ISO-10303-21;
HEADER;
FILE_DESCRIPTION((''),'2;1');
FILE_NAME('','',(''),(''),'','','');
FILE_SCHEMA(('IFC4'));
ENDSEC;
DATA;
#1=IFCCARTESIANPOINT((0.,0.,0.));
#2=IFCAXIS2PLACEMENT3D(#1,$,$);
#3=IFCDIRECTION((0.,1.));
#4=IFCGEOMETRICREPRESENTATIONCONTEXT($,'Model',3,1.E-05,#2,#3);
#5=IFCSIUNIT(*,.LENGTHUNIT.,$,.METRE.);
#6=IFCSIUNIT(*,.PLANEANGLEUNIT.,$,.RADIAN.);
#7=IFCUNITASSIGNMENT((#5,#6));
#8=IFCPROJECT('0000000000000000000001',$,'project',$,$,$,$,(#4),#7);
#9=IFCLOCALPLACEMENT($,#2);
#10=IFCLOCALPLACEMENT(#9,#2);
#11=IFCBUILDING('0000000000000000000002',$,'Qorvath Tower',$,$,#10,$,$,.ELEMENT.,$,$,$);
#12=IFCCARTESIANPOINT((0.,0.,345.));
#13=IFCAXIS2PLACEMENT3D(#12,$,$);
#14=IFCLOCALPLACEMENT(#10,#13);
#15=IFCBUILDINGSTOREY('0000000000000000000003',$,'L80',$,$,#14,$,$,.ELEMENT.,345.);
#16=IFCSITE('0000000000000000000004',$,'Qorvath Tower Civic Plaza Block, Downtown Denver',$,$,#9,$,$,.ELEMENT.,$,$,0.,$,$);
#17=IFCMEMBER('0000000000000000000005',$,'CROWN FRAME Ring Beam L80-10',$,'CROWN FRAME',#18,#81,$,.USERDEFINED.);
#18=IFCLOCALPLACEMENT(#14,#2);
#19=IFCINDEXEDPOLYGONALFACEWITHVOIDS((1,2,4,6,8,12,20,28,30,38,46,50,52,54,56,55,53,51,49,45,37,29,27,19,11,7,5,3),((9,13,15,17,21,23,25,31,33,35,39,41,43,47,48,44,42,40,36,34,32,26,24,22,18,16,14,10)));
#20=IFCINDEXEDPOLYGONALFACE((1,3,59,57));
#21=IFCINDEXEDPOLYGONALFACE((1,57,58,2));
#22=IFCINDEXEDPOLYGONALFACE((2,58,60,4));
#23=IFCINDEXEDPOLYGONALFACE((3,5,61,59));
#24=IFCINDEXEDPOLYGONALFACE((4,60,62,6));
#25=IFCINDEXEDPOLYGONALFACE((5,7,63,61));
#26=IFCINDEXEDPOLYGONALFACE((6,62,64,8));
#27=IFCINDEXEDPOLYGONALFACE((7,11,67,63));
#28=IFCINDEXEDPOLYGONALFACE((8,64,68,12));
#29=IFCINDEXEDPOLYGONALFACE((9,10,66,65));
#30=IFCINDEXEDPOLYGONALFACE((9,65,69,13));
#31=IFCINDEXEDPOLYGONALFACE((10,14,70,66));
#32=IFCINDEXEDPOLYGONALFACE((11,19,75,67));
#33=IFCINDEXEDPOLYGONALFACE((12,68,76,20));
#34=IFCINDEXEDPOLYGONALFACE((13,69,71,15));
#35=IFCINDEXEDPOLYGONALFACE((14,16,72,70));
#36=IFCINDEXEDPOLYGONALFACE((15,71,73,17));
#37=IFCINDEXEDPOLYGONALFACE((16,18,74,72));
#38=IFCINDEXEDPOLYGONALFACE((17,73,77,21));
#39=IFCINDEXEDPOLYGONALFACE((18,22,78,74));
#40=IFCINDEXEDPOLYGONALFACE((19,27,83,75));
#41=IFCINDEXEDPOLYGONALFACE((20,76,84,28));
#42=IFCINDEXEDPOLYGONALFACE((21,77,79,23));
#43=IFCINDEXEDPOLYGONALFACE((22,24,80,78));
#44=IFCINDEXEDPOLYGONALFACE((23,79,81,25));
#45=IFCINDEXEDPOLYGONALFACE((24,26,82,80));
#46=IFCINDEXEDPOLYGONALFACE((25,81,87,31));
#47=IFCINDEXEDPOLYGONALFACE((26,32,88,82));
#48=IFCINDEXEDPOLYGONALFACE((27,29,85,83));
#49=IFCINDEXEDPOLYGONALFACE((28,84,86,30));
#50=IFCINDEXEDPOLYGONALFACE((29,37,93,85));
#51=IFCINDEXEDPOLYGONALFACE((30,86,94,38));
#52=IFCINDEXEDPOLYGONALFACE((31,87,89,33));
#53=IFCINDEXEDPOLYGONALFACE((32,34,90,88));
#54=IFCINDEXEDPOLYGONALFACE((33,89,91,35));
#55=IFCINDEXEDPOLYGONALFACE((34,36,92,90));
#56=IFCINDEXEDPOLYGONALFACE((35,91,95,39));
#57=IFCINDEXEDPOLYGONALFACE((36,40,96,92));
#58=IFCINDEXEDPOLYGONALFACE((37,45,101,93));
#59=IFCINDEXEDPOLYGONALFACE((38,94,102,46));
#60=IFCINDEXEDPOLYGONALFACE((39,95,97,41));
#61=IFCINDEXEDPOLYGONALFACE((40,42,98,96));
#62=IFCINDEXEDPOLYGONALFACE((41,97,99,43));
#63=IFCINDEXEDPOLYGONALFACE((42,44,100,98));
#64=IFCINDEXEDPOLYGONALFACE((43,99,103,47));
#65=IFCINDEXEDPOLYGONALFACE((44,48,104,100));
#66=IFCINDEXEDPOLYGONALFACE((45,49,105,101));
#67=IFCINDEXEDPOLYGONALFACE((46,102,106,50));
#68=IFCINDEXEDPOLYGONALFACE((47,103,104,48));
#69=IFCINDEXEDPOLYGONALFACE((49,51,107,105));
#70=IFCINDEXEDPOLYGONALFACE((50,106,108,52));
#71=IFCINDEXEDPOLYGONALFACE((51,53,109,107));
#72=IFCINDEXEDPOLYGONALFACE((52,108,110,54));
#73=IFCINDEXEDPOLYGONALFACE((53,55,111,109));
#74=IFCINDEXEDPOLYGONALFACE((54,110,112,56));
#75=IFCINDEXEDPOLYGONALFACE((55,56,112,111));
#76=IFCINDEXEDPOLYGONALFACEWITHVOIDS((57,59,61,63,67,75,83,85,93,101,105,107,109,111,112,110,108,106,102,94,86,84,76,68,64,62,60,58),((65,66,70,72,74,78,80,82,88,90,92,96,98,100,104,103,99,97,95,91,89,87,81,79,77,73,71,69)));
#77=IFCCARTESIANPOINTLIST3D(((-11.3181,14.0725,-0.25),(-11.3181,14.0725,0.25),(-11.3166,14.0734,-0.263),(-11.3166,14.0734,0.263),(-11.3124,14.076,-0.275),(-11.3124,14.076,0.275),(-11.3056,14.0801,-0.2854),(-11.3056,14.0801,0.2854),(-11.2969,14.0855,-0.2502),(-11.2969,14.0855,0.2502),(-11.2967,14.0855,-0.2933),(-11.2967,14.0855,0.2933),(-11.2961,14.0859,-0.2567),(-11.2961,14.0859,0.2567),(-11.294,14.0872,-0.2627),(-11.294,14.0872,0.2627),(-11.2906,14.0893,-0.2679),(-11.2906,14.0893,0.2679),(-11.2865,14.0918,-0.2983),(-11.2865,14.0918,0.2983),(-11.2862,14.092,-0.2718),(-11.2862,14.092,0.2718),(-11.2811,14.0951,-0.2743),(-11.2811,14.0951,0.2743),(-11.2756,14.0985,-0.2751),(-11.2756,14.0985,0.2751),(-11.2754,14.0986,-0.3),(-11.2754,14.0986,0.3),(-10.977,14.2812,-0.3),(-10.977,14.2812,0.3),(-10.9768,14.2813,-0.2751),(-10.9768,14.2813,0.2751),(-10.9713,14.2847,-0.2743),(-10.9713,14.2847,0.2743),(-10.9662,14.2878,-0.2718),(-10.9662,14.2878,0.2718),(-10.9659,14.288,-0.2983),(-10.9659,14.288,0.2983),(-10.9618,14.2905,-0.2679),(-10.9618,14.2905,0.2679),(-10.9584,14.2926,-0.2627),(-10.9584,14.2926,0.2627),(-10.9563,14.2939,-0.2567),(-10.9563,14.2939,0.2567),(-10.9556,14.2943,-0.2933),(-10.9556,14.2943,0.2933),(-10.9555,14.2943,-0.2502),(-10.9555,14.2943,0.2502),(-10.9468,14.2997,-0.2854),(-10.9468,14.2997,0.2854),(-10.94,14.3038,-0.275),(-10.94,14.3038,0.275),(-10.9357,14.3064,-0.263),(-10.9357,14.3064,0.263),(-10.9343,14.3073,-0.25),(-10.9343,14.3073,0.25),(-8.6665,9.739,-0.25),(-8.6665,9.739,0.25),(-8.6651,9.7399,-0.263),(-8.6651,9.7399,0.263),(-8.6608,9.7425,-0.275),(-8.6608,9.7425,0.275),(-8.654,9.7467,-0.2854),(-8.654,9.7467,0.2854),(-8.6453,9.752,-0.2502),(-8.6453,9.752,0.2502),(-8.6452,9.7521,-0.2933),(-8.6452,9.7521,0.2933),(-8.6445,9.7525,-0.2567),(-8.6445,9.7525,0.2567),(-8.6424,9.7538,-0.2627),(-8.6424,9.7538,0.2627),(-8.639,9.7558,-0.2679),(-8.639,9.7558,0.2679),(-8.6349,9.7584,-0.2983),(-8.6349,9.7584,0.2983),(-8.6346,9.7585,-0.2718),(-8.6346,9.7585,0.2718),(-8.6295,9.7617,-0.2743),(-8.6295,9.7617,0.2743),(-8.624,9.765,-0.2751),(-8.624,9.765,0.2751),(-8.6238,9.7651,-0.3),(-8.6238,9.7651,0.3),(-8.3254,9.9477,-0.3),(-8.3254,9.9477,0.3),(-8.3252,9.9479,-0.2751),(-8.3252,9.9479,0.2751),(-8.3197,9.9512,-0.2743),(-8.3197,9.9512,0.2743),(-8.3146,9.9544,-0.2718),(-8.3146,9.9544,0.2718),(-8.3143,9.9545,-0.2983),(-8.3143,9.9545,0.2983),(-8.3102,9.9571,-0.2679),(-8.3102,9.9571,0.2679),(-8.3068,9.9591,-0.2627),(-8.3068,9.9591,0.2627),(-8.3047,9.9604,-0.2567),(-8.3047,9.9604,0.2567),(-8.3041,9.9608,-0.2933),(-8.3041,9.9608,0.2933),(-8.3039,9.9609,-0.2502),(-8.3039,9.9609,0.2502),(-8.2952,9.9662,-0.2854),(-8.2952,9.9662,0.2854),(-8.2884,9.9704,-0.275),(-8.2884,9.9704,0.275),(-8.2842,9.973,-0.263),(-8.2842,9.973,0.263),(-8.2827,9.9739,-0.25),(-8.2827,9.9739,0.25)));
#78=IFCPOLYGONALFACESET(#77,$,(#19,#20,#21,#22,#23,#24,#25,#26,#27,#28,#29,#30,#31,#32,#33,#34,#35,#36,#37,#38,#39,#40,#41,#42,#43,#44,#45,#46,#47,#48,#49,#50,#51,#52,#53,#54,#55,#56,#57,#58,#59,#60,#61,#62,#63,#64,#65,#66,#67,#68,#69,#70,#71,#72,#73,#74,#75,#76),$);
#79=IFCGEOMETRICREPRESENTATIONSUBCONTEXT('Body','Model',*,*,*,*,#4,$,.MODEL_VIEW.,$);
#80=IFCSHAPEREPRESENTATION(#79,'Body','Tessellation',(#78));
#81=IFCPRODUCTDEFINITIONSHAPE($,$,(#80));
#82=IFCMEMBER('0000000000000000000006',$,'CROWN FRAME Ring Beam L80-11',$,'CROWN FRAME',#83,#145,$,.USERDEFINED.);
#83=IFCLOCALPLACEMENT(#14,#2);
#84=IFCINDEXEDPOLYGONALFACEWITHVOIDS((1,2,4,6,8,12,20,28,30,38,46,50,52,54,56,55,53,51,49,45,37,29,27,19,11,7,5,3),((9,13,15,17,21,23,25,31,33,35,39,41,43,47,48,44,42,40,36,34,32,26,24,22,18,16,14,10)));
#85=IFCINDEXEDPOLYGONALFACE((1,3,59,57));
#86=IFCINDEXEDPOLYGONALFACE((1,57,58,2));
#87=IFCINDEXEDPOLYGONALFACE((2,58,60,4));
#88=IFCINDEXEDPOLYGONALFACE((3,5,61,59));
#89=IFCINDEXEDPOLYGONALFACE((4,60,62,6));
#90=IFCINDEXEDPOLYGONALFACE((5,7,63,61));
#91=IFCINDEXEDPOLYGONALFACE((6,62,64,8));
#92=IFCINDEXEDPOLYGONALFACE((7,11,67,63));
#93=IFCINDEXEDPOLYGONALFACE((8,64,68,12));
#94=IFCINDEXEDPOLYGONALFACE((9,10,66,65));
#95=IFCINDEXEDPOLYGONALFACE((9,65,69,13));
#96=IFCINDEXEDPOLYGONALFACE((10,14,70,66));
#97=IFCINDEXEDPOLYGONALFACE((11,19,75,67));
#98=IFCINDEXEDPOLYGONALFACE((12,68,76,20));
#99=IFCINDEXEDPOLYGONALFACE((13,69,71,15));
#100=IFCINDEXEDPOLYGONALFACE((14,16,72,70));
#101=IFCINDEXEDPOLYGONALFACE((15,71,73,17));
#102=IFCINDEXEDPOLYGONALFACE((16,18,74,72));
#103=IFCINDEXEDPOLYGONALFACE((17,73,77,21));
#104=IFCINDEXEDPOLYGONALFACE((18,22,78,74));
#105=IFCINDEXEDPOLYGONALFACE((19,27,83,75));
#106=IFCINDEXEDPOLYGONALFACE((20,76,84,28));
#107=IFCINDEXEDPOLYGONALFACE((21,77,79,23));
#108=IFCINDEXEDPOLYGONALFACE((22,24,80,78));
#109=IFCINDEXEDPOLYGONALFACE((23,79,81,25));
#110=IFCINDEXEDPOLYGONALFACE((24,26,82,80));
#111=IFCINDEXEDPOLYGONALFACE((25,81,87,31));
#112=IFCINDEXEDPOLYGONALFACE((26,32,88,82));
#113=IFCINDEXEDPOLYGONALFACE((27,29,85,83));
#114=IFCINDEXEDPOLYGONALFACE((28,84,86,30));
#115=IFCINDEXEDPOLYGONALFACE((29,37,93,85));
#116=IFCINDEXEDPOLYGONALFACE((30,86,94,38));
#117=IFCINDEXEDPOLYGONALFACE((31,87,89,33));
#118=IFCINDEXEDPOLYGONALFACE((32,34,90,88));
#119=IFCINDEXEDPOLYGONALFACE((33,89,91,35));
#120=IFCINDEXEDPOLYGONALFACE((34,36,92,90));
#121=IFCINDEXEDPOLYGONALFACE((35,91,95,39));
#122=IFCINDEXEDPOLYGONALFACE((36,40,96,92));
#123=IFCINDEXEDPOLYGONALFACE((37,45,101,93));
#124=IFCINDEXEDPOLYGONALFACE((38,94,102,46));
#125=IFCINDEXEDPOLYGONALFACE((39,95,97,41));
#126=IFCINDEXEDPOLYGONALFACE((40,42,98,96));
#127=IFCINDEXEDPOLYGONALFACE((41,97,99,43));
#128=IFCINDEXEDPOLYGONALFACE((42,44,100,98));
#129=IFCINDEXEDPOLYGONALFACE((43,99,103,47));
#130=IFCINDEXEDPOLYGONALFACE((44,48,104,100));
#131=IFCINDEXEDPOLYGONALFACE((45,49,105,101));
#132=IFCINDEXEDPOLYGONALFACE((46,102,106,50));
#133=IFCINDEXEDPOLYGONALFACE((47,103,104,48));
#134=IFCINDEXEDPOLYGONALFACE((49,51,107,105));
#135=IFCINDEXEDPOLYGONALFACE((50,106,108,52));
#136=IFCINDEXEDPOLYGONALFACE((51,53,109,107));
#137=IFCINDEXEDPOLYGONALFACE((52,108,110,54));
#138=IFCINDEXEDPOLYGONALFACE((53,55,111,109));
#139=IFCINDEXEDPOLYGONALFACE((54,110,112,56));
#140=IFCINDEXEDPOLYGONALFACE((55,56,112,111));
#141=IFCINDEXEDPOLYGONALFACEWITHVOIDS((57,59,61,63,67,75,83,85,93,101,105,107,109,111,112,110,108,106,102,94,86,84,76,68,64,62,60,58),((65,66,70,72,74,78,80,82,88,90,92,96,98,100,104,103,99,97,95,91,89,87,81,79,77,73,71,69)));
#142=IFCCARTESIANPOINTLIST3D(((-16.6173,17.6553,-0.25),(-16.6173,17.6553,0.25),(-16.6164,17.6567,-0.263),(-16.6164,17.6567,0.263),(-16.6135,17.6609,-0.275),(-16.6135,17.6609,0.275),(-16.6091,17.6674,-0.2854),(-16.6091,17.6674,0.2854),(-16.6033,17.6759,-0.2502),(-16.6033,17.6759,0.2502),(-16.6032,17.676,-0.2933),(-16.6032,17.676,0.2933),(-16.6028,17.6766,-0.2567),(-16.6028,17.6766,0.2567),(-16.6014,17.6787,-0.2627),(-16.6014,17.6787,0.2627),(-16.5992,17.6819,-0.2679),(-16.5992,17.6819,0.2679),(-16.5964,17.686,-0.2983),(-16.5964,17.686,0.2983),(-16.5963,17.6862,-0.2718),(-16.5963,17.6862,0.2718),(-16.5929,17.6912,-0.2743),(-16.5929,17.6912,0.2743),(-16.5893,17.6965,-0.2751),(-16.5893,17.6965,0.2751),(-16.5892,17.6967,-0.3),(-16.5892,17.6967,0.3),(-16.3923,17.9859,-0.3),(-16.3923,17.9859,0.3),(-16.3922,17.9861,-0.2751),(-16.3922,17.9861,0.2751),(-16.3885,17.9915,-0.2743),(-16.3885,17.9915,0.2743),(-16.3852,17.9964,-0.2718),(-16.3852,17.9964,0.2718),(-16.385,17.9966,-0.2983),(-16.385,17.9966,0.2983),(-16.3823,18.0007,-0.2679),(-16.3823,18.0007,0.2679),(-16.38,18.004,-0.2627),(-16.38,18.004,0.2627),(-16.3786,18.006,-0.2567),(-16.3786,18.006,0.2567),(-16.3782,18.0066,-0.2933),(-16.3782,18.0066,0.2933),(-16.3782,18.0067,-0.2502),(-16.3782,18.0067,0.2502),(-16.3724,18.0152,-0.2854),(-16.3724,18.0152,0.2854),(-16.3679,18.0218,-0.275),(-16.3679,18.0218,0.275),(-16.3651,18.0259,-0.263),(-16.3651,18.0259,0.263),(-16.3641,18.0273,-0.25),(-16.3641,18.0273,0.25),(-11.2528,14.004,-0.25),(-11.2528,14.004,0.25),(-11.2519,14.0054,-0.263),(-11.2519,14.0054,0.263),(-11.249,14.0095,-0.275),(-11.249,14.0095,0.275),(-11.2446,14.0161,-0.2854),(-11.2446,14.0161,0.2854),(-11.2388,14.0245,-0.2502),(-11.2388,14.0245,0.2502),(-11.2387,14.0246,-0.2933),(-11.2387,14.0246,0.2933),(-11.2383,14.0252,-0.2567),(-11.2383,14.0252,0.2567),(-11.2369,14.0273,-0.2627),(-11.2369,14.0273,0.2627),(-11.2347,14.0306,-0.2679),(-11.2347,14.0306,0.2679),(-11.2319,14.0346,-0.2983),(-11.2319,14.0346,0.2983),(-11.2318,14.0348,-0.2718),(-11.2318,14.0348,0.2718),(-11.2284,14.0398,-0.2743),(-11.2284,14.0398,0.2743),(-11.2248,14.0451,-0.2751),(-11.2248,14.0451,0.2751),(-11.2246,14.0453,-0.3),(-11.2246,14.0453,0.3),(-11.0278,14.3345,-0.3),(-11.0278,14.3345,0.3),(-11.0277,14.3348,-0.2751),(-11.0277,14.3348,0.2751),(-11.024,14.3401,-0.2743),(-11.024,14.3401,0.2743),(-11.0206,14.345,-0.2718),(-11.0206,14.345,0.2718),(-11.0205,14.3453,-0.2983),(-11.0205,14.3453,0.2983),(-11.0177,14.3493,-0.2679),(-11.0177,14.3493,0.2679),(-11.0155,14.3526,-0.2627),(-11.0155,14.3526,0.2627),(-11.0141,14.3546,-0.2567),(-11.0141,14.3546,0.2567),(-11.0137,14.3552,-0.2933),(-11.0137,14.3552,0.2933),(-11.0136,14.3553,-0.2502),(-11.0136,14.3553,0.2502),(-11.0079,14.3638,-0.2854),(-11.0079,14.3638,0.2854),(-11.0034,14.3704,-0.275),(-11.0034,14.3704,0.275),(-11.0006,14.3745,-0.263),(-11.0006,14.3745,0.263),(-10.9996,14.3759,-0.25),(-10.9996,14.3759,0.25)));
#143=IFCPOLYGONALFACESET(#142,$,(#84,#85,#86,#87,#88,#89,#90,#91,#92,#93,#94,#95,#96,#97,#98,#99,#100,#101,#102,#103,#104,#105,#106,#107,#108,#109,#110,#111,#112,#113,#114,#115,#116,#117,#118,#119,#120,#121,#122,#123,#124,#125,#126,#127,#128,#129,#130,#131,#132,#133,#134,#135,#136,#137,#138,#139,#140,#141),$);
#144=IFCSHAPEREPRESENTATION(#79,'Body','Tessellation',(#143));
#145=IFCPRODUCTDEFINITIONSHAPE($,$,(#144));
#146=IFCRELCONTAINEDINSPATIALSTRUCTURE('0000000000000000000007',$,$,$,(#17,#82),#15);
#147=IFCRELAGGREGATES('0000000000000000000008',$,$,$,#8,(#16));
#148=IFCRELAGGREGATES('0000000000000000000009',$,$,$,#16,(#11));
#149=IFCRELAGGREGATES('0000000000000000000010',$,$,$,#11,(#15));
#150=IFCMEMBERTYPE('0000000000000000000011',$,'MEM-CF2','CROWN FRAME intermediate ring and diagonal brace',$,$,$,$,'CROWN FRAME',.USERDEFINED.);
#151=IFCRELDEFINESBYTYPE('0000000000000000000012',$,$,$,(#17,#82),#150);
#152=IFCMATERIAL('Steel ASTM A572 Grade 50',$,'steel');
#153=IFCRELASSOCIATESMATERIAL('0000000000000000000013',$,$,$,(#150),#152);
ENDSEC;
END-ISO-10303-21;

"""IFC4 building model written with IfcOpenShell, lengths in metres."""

from ifc_helpers import new_model, si_unit, direction, frame, origin, origin_2d, place, context, subcontext, project, spatial, hollow_rectangle, extrude, material, material_profile, profile_set, type_object, element, save


model = new_model("IFC4")

# Units and contexts
model_context = context("Model", 3, precision=1e-05, world=origin(), true_north=direction((0.0, 1.0)))
body_context = subcontext(model_context, "Body", "Model", "MODEL_VIEW")
ifc_project = project(units=[si_unit("LENGTHUNIT", "METRE"), si_unit("PLANEANGLEUNIT", "RADIAN")], contexts=[model_context])

# Site, building, storey
site_placement = place(None, origin())
site = spatial("IfcSite", under=ifc_project, at=site_placement, Name="Qorvath Tower Civic Plaza Block, Downtown Denver", CompositionType="ELEMENT", RefElevation=0.0)
building_placement = place(site_placement, origin())
building = spatial("IfcBuilding", under=site, at=building_placement, Name="Qorvath Tower", CompositionType="ELEMENT")
storey_placement = place(building_placement, frame((0.0, 0.0, 345.0)))
storey = spatial("IfcBuildingStorey", under=building, at=storey_placement, Name="L80", CompositionType="ELEMENT", Elevation=345.0)

# Members
ifc_material_1 = material(Name="Steel ASTM A572 Grade 50", Category="steel")
ifc_material_profile_1 = material_profile(ifc_material_1, hollow_rectangle(XDim=0.45, YDim=0.6001, WallThickness=0.0249, InnerFilletRadius=0.0249, OuterFilletRadius=0.05, at=origin_2d()), Name="CROWN BOX 600x450x25")
ifc_profile_set_1 = profile_set([ifc_material_profile_1], Name="Steel ASTM A572 Grade 50")
member_type_1 = type_object("IfcMemberType", Name="MEM-CF2", Description="CROWN FRAME intermediate ring and diagonal brace", ElementType="CROWN FRAME", PredefinedType="USERDEFINED", material=ifc_profile_set_1)
member_1_placement = place(storey_placement, frame((-8.4746, 9.8564, 0.0), z_axis=(-0.521932, 0.852987, 0.0), x_axis=(-0.852987, -0.521932, 0.0)))
element("IfcMember", 1, at=member_1_placement, inside=storey, type_object=member_type_1, Name="CROWN FRAME Ring Beam L80-10", ObjectType="CROWN FRAME", PredefinedType="USERDEFINED", context=body_context, shape_type="SweptSolid", body=[
    extrude(hollow_rectangle(XDim=0.45, YDim=0.6001, WallThickness=0.0249, InnerFilletRadius=0.0249, OuterFilletRadius=0.05, at=origin_2d()), origin(), (0.0, 0.0, 1.0), 5.0803),
])
member_2_placement = place(storey_placement, frame((-11.1262, 14.1899, 0.0), z_axis=(-0.826675, 0.562679, 0.0), x_axis=(-0.562679, -0.826675, 0.0)))
element("IfcMember", 2, at=member_2_placement, inside=storey, type_object=member_type_1, Name="CROWN FRAME Ring Beam L80-11", ObjectType="CROWN FRAME", PredefinedType="USERDEFINED", context=body_context, shape_type="SweptSolid", body=[
    extrude(hollow_rectangle(XDim=0.45, YDim=0.6001, WallThickness=0.0249, InnerFilletRadius=0.0249, OuterFilletRadius=0.05, at=origin_2d()), origin(), (0.0, 0.0, 1.0), 6.4893),
])

save(model, "model.ifc")
